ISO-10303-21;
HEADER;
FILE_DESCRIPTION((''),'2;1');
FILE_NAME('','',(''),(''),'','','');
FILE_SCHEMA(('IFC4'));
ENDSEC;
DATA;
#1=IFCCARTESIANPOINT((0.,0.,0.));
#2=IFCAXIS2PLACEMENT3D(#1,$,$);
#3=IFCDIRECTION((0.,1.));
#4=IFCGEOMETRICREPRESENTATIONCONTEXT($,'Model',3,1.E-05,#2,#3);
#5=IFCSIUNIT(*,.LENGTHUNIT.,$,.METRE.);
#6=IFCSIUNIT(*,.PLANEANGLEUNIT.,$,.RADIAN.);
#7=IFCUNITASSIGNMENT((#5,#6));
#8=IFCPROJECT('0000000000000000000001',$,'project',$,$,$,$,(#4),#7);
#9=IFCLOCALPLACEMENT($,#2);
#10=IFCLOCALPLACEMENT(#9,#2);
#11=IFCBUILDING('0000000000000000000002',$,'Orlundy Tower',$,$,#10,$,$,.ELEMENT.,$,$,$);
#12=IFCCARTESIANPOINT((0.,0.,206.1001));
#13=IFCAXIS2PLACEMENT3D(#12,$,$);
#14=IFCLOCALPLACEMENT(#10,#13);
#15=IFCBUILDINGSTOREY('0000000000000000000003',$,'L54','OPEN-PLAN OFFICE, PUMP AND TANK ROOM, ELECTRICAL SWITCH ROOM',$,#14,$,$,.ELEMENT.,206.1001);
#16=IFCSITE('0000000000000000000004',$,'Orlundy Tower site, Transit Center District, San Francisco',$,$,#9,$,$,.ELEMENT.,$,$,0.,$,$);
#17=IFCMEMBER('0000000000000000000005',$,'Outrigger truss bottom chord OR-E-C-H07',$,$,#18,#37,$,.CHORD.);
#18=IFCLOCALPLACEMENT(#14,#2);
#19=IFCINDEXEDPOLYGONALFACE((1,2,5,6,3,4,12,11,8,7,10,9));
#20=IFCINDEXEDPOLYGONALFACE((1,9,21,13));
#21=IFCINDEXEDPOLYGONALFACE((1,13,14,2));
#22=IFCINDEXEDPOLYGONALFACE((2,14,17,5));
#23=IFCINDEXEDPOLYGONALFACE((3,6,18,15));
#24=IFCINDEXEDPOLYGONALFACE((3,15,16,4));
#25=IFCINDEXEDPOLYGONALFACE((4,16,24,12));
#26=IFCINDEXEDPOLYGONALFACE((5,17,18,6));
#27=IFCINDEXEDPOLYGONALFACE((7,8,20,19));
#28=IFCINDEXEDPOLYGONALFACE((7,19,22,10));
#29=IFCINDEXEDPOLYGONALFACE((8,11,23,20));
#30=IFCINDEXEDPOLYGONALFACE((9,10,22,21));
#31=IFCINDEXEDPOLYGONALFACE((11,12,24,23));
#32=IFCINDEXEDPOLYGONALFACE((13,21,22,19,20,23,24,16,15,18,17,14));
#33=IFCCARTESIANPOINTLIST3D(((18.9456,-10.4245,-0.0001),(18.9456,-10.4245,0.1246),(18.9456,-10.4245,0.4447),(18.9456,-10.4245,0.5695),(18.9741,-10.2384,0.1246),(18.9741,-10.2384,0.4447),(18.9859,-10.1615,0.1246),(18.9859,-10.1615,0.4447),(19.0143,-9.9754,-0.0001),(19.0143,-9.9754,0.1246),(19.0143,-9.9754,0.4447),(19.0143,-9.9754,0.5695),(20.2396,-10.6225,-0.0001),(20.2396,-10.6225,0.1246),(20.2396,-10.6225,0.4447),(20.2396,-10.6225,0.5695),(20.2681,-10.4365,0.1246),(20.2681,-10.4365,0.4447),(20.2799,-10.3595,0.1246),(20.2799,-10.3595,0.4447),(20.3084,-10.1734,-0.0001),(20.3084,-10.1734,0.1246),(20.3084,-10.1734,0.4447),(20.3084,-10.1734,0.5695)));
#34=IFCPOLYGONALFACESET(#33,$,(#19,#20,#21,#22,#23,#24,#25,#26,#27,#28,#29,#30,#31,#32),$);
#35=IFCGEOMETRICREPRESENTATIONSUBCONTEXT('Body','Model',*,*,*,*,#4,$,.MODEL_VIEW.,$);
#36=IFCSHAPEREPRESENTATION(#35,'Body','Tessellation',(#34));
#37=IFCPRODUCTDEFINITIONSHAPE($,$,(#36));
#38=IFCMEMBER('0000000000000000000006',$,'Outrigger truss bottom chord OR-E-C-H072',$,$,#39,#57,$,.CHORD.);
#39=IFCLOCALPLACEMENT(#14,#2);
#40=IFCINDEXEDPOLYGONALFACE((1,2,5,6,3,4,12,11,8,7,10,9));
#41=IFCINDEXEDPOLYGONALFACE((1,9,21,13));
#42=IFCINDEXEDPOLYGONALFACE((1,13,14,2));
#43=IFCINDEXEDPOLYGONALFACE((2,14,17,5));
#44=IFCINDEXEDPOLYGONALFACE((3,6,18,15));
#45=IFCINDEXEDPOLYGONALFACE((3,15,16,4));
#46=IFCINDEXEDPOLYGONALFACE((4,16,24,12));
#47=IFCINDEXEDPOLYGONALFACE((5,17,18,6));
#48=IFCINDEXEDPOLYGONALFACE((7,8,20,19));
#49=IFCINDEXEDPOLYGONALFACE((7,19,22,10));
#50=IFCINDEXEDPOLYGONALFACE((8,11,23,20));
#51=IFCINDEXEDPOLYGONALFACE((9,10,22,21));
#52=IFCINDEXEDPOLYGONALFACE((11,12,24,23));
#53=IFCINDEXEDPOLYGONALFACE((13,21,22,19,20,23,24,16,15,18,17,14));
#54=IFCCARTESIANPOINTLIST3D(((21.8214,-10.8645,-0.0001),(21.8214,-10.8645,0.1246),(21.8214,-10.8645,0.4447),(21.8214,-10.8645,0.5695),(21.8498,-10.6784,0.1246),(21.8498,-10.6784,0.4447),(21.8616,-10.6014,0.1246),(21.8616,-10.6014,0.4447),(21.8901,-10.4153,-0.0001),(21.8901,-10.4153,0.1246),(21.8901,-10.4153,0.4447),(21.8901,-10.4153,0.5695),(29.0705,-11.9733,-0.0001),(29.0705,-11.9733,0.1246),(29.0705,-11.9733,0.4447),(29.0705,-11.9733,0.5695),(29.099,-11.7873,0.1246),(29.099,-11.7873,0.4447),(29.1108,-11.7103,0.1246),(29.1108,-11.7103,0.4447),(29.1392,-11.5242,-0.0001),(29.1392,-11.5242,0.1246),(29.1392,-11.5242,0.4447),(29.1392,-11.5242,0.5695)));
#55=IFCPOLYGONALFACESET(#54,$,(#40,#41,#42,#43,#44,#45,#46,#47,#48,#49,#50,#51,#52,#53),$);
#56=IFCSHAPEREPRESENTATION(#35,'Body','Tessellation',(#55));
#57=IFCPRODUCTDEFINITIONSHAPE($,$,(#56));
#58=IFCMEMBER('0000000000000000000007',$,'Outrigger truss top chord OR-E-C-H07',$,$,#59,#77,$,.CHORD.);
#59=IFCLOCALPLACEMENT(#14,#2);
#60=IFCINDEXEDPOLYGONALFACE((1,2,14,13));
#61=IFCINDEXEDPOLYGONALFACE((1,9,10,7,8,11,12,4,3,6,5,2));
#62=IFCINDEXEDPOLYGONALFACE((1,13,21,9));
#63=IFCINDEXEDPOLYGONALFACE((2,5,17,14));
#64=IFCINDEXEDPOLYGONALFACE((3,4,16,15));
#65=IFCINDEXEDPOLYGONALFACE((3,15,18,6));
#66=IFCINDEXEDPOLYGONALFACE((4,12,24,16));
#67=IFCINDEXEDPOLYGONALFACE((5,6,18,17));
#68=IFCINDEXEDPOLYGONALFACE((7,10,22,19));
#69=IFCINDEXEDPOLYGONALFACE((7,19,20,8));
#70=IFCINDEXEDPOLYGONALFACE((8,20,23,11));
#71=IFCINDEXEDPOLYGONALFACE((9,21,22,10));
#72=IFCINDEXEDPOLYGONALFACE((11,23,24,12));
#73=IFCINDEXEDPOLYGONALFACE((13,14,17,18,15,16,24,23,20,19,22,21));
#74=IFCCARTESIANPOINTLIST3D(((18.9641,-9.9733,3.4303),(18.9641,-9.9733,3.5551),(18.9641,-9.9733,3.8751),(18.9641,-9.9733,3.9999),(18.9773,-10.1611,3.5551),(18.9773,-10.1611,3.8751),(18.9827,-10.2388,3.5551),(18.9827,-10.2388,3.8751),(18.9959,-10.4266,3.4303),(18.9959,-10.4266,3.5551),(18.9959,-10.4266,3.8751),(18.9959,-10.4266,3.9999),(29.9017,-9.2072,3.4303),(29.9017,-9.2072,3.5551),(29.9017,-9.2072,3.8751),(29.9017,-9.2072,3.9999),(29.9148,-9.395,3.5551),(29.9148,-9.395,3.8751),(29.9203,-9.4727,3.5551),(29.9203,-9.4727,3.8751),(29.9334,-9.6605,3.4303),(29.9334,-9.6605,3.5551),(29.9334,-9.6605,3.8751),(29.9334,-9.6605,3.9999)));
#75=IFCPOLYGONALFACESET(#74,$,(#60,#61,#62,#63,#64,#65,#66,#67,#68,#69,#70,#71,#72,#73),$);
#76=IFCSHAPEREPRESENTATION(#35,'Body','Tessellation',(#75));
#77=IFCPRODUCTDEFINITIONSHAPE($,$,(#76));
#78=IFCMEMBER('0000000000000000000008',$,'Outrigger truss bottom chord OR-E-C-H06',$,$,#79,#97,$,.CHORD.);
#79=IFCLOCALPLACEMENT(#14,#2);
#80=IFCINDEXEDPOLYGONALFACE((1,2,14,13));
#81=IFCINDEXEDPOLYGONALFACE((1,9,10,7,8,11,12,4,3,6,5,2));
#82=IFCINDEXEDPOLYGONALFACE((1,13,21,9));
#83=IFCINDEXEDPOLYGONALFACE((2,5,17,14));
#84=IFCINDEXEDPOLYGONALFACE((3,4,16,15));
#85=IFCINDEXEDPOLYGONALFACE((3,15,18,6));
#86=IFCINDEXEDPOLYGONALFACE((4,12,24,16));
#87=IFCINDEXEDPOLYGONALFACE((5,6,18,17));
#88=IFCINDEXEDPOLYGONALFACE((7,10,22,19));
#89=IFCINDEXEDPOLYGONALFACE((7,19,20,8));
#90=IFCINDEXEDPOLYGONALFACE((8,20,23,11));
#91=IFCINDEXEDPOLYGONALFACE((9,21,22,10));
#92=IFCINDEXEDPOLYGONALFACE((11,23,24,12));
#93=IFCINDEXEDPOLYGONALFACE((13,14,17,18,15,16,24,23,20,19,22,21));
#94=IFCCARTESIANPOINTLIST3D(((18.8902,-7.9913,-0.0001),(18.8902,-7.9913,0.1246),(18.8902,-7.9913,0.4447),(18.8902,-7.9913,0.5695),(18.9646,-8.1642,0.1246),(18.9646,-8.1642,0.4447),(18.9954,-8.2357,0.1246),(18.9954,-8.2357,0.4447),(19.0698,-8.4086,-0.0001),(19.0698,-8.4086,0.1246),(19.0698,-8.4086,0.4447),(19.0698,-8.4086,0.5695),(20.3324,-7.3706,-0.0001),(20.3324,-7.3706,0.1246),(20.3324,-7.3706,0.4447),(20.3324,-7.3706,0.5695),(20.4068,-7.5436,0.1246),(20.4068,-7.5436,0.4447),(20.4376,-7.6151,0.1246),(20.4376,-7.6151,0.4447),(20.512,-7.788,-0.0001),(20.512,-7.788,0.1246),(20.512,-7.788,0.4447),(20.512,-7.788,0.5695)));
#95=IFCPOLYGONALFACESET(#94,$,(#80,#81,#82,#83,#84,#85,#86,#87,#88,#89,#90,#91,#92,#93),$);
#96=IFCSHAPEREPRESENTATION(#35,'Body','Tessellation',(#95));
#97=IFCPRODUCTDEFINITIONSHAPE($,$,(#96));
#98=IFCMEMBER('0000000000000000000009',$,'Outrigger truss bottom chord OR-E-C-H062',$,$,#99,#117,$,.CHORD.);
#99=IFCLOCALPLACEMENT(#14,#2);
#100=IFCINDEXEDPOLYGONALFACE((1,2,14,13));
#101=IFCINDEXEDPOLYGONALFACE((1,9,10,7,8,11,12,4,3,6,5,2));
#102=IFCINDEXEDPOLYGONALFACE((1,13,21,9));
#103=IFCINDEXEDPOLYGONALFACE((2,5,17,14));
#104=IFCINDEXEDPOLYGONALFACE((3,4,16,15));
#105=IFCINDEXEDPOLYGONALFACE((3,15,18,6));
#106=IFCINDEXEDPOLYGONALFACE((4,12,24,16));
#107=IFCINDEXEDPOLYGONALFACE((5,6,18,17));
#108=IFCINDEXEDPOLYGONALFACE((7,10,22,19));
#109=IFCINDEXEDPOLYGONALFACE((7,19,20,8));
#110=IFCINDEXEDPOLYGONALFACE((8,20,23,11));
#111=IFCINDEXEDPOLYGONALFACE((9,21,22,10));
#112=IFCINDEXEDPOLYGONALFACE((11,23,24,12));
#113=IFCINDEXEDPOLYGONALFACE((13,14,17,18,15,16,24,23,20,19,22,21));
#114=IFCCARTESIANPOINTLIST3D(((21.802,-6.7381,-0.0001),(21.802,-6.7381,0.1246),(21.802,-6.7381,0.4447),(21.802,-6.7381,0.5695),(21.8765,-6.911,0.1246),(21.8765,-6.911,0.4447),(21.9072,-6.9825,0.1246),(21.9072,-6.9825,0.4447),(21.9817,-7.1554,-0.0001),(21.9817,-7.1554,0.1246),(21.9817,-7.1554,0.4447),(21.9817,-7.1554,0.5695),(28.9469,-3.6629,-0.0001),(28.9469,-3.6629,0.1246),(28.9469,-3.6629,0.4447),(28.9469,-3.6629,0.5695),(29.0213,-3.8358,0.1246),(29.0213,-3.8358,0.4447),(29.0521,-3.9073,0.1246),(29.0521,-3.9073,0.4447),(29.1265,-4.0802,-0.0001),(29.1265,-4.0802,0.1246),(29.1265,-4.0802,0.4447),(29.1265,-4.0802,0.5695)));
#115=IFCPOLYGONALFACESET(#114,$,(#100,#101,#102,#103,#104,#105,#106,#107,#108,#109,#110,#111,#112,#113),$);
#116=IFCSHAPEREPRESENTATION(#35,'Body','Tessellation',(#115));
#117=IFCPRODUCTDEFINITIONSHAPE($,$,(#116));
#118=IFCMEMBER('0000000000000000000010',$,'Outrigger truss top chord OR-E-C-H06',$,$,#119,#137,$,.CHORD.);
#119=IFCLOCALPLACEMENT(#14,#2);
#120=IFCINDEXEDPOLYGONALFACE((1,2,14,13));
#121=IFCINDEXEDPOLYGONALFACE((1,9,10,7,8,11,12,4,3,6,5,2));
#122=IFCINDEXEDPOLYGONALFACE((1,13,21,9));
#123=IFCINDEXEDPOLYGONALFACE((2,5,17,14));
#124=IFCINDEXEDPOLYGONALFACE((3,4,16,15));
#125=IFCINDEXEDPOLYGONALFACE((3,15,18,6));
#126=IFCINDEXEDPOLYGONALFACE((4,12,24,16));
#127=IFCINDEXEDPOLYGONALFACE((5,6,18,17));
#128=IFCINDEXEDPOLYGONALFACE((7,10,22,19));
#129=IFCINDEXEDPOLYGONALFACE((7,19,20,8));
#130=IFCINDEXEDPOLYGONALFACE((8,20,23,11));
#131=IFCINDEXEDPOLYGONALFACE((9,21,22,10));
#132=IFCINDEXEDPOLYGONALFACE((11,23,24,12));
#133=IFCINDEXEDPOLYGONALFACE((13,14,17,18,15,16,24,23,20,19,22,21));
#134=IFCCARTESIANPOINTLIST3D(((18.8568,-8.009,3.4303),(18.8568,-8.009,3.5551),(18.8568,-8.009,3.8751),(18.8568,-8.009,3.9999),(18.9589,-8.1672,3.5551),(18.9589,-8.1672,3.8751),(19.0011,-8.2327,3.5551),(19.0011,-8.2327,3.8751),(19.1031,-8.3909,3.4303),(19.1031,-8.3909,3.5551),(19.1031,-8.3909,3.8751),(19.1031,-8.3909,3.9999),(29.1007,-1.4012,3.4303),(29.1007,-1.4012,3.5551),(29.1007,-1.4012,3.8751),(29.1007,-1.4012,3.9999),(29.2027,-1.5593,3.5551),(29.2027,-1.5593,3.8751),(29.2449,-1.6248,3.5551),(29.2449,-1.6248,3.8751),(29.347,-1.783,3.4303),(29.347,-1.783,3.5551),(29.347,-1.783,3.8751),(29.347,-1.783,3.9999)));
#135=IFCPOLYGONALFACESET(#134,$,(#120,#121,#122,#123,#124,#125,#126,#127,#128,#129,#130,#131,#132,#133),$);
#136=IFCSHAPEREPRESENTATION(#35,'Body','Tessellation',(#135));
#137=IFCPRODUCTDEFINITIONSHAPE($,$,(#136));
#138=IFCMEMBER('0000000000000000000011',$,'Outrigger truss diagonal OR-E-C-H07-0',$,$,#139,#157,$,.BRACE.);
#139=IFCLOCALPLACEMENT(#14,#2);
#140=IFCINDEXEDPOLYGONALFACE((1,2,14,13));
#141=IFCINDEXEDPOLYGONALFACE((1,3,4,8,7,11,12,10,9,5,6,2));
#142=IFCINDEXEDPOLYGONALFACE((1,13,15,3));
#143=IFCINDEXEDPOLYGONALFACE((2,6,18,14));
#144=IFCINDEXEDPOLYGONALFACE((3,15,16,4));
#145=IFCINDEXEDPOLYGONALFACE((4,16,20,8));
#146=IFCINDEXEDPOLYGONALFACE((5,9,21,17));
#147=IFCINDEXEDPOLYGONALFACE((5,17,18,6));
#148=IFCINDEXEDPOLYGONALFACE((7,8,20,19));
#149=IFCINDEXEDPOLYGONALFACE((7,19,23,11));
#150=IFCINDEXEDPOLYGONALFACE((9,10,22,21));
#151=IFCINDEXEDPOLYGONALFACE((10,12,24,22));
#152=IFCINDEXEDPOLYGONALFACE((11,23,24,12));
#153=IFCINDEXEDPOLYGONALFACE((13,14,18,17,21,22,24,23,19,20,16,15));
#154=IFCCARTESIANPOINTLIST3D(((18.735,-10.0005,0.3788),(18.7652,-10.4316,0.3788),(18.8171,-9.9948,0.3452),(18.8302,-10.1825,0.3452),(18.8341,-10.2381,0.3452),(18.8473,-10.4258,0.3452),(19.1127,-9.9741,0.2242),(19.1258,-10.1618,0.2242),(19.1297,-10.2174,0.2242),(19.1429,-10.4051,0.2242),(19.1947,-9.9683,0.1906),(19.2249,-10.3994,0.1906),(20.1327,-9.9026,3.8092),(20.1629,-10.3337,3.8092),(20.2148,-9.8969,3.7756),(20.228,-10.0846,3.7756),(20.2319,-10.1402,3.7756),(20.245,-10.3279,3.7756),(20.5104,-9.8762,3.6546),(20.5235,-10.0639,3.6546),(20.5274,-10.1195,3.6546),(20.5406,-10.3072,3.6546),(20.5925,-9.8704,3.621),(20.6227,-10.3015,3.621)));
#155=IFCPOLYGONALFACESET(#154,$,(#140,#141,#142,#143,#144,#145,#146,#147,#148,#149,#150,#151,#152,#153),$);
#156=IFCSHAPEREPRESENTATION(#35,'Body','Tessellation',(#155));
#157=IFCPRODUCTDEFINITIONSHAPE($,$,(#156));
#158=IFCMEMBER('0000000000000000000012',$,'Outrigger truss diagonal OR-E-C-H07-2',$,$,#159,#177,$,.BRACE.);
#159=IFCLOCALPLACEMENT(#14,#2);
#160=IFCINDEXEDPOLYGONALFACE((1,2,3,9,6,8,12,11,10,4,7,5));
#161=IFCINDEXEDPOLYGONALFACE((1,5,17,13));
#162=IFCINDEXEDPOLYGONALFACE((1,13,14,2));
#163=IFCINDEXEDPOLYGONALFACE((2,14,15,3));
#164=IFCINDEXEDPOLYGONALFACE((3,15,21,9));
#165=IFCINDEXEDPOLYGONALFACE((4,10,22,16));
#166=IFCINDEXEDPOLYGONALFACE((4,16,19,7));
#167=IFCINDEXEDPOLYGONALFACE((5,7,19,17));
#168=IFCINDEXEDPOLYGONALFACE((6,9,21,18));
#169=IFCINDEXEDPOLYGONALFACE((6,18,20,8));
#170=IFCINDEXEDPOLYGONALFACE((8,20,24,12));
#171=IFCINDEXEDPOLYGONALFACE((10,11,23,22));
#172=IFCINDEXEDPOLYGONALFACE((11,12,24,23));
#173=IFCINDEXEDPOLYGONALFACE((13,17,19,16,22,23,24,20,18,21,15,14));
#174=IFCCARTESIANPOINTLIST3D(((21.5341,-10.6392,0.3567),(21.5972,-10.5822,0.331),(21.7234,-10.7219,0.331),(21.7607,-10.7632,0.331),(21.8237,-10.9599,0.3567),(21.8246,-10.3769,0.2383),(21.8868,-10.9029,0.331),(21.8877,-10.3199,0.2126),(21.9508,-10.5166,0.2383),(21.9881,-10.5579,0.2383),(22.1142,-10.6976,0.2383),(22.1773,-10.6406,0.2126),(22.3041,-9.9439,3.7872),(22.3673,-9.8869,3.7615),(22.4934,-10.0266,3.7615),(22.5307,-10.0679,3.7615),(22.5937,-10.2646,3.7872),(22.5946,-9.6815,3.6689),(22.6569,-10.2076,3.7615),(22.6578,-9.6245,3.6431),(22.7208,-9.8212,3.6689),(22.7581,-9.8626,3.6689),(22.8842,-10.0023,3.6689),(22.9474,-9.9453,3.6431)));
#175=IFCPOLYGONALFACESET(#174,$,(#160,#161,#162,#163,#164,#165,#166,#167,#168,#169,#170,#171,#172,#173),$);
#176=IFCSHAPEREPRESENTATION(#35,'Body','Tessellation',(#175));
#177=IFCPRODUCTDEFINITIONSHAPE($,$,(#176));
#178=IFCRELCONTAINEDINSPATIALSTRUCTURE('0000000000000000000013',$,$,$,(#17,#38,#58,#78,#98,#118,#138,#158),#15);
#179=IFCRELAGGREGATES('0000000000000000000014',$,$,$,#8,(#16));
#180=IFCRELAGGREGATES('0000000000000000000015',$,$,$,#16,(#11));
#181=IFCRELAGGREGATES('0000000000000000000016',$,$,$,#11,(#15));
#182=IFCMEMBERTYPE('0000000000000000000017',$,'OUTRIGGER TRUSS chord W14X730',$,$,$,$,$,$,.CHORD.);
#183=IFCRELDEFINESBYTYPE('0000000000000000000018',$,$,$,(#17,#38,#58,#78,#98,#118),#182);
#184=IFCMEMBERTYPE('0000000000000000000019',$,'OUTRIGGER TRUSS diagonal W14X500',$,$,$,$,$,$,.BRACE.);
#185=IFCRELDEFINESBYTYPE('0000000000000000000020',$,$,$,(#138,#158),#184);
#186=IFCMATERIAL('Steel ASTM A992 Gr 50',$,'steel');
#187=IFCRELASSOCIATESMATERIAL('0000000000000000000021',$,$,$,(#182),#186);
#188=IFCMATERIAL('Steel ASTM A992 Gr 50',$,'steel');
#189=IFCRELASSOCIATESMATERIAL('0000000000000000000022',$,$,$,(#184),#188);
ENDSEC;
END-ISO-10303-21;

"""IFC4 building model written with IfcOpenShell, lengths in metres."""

from ifc_helpers import new_model, si_unit, direction, frame, origin, origin_2d, place, context, subcontext, project, spatial, i_section, extrude, material, material_profile, profile_set, type_object, element, save


model = new_model("IFC4")

# Units and contexts
model_context = context("Model", 3, precision=1e-05, world=origin(), true_north=direction((0.0, 1.0)))
body_context = subcontext(model_context, "Body", "Model", "MODEL_VIEW")
ifc_project = project(units=[si_unit("LENGTHUNIT", "METRE"), si_unit("PLANEANGLEUNIT", "RADIAN")], contexts=[model_context])

# Site, building, storey
site_placement = place(None, origin())
site = spatial("IfcSite", under=ifc_project, at=site_placement, Name="Orlundy Tower site, Transit Center District, San Francisco", CompositionType="ELEMENT", RefElevation=0.0)
building_placement = place(site_placement, origin())
building = spatial("IfcBuilding", under=site, at=building_placement, Name="Orlundy Tower", CompositionType="ELEMENT")
storey_placement = place(building_placement, frame((0.0, 0.0, 206.1001)))
storey = spatial("IfcBuildingStorey", under=building, at=storey_placement, Name="L54", Description="OPEN-PLAN OFFICE, PUMP AND TANK ROOM, ELECTRICAL SWITCH ROOM", CompositionType="ELEMENT", Elevation=206.1001)

# Members
ifc_material_1 = material(Name="Steel ASTM A992 Gr 50", Category="steel")
ifc_material_profile_1 = material_profile(ifc_material_1, i_section(OverallWidth=0.4543, OverallDepth=0.5696, WebThickness=0.0779, FlangeThickness=0.1248, at=origin_2d()), Name="W14X730")
ifc_profile_set_1 = profile_set([ifc_material_profile_1], Name="Steel ASTM A992 Gr 50")
member_type_1 = type_object("IfcMemberType", Name="OUTRIGGER TRUSS chord W14X730", PredefinedType="CHORD", material=ifc_profile_set_1)
member_1_placement = place(storey_placement, frame((18.98, -10.2, 0.2847), z_axis=(0.988494, -0.151258, 0.0), x_axis=(0.151258, 0.988494, 0.0)))
element("IfcMember", 1, at=member_1_placement, inside=storey, type_object=member_type_1, Name="Outrigger truss bottom chord OR-E-C-H07", PredefinedType="CHORD", context=body_context, shape_type="SweptSolid", body=[
    extrude(i_section(OverallWidth=0.4543, OverallDepth=0.5696, WebThickness=0.0779, FlangeThickness=0.1248, at=origin_2d()), origin(), (0.0, 0.0, 1.0), 1.3091),
])
member_2_placement = place(storey_placement, frame((21.8557, -10.6399, 0.2847), z_axis=(0.988502, -0.151207, 0.0), x_axis=(0.151207, 0.988502, 0.0)))
element("IfcMember", 2, at=member_2_placement, inside=storey, type_object=member_type_1, Name="Outrigger truss bottom chord OR-E-C-H072", PredefinedType="CHORD", context=body_context, shape_type="SweptSolid", body=[
    extrude(i_section(OverallWidth=0.4543, OverallDepth=0.5696, WebThickness=0.0779, FlangeThickness=0.1248, at=origin_2d()), origin(), (0.0, 0.0, 1.0), 7.3335),
])
member_3_placement = place(storey_placement, frame((18.98, -10.2, 3.7151), z_axis=(0.997556, 0.069873, 0.0), x_axis=(-0.069873, 0.997556, 0.0)))
element("IfcMember", 3, at=member_3_placement, inside=storey, type_object=member_type_1, Name="Outrigger truss top chord OR-E-C-H07", PredefinedType="CHORD", context=body_context, shape_type="SweptSolid", body=[
    extrude(i_section(OverallWidth=0.4543, OverallDepth=0.5696, WebThickness=0.0779, FlangeThickness=0.1248, at=origin_2d()), origin(), (0.0, 0.0, 1.0), 10.9644),
])
member_4_placement = place(storey_placement, frame((18.98, -8.2, 0.2847), z_axis=(0.918557, 0.395289, 0.0), x_axis=(-0.395289, 0.918557, 0.0)))
element("IfcMember", 4, at=member_4_placement, inside=storey, type_object=member_type_1, Name="Outrigger truss bottom chord OR-E-C-H06", PredefinedType="CHORD", context=body_context, shape_type="SweptSolid", body=[
    extrude(i_section(OverallWidth=0.4543, OverallDepth=0.5696, WebThickness=0.0779, FlangeThickness=0.1248, at=origin_2d()), origin(), (0.0, 0.0, 1.0), 1.5701),
])
member_5_placement = place(storey_placement, frame((21.8918, -6.9468, 0.2847), z_axis=(0.918532, 0.395347, 0.0), x_axis=(-0.395347, 0.918532, 0.0)))
element("IfcMember", 5, at=member_5_placement, inside=storey, type_object=member_type_1, Name="Outrigger truss bottom chord OR-E-C-H062", PredefinedType="CHORD", context=body_context, shape_type="SweptSolid", body=[
    extrude(i_section(OverallWidth=0.4543, OverallDepth=0.5696, WebThickness=0.0779, FlangeThickness=0.1248, at=origin_2d()), origin(), (0.0, 0.0, 1.0), 7.7786),
])
member_6_placement = place(storey_placement, frame((18.98, -8.2, 3.7151), z_axis=(0.840336, 0.542066, 0.0), x_axis=(-0.542066, 0.840336, 0.0)))
element("IfcMember", 6, at=member_6_placement, inside=storey, type_object=member_type_1, Name="Outrigger truss top chord OR-E-C-H06", PredefinedType="CHORD", context=body_context, shape_type="SweptSolid", body=[
    extrude(i_section(OverallWidth=0.4543, OverallDepth=0.5696, WebThickness=0.0779, FlangeThickness=0.1248, at=origin_2d()), origin(), (0.0, 0.0, 1.0), 12.1902),
])
ifc_material_2 = material(Name="Steel ASTM A992 Gr 50", Category="steel")
ifc_material_profile_2 = material_profile(ifc_material_2, i_section(OverallWidth=0.4321, OverallDepth=0.4978, WebThickness=0.0557, FlangeThickness=0.0889, at=origin_2d()), Name="W14X500")
ifc_profile_set_2 = profile_set([ifc_material_profile_2], Name="Steel ASTM A992 Gr 50")
member_type_2 = type_object("IfcMemberType", Name="OUTRIGGER TRUSS diagonal W14X500", PredefinedType="BRACE", material=ifc_profile_set_2)
member_7_placement = place(storey_placement, frame((18.98, -10.2, 0.2847), z_axis=(0.377194, 0.02642, 0.925757), x_axis=(-0.069872, 0.997556, 0.0)))
element("IfcMember", 7, at=member_7_placement, inside=storey, type_object=member_type_2, Name="Outrigger truss diagonal OR-E-C-H07-0", PredefinedType="BRACE", context=body_context, shape_type="SweptSolid", body=[
    extrude(i_section(OverallWidth=0.4321, OverallDepth=0.4978, WebThickness=0.0557, FlangeThickness=0.0889, at=origin_2d()), origin(), (0.0, 0.0, 1.0), 3.7056),
])
member_8_placement = place(storey_placement, frame((21.8557, -10.6399, 0.2847), z_axis=(0.214857, 0.194011, 0.957181), x_axis=(-0.670186, 0.742193, 0.0)))
element("IfcMember", 8, at=member_8_placement, inside=storey, type_object=member_type_2, Name="Outrigger truss diagonal OR-E-C-H07-2", PredefinedType="BRACE", context=body_context, shape_type="SweptSolid", body=[
    extrude(i_section(OverallWidth=0.4321, OverallDepth=0.4978, WebThickness=0.0557, FlangeThickness=0.0889, at=origin_2d()), origin(), (0.0, 0.0, 1.0), 3.584),
])

save(model, "model.ifc")
